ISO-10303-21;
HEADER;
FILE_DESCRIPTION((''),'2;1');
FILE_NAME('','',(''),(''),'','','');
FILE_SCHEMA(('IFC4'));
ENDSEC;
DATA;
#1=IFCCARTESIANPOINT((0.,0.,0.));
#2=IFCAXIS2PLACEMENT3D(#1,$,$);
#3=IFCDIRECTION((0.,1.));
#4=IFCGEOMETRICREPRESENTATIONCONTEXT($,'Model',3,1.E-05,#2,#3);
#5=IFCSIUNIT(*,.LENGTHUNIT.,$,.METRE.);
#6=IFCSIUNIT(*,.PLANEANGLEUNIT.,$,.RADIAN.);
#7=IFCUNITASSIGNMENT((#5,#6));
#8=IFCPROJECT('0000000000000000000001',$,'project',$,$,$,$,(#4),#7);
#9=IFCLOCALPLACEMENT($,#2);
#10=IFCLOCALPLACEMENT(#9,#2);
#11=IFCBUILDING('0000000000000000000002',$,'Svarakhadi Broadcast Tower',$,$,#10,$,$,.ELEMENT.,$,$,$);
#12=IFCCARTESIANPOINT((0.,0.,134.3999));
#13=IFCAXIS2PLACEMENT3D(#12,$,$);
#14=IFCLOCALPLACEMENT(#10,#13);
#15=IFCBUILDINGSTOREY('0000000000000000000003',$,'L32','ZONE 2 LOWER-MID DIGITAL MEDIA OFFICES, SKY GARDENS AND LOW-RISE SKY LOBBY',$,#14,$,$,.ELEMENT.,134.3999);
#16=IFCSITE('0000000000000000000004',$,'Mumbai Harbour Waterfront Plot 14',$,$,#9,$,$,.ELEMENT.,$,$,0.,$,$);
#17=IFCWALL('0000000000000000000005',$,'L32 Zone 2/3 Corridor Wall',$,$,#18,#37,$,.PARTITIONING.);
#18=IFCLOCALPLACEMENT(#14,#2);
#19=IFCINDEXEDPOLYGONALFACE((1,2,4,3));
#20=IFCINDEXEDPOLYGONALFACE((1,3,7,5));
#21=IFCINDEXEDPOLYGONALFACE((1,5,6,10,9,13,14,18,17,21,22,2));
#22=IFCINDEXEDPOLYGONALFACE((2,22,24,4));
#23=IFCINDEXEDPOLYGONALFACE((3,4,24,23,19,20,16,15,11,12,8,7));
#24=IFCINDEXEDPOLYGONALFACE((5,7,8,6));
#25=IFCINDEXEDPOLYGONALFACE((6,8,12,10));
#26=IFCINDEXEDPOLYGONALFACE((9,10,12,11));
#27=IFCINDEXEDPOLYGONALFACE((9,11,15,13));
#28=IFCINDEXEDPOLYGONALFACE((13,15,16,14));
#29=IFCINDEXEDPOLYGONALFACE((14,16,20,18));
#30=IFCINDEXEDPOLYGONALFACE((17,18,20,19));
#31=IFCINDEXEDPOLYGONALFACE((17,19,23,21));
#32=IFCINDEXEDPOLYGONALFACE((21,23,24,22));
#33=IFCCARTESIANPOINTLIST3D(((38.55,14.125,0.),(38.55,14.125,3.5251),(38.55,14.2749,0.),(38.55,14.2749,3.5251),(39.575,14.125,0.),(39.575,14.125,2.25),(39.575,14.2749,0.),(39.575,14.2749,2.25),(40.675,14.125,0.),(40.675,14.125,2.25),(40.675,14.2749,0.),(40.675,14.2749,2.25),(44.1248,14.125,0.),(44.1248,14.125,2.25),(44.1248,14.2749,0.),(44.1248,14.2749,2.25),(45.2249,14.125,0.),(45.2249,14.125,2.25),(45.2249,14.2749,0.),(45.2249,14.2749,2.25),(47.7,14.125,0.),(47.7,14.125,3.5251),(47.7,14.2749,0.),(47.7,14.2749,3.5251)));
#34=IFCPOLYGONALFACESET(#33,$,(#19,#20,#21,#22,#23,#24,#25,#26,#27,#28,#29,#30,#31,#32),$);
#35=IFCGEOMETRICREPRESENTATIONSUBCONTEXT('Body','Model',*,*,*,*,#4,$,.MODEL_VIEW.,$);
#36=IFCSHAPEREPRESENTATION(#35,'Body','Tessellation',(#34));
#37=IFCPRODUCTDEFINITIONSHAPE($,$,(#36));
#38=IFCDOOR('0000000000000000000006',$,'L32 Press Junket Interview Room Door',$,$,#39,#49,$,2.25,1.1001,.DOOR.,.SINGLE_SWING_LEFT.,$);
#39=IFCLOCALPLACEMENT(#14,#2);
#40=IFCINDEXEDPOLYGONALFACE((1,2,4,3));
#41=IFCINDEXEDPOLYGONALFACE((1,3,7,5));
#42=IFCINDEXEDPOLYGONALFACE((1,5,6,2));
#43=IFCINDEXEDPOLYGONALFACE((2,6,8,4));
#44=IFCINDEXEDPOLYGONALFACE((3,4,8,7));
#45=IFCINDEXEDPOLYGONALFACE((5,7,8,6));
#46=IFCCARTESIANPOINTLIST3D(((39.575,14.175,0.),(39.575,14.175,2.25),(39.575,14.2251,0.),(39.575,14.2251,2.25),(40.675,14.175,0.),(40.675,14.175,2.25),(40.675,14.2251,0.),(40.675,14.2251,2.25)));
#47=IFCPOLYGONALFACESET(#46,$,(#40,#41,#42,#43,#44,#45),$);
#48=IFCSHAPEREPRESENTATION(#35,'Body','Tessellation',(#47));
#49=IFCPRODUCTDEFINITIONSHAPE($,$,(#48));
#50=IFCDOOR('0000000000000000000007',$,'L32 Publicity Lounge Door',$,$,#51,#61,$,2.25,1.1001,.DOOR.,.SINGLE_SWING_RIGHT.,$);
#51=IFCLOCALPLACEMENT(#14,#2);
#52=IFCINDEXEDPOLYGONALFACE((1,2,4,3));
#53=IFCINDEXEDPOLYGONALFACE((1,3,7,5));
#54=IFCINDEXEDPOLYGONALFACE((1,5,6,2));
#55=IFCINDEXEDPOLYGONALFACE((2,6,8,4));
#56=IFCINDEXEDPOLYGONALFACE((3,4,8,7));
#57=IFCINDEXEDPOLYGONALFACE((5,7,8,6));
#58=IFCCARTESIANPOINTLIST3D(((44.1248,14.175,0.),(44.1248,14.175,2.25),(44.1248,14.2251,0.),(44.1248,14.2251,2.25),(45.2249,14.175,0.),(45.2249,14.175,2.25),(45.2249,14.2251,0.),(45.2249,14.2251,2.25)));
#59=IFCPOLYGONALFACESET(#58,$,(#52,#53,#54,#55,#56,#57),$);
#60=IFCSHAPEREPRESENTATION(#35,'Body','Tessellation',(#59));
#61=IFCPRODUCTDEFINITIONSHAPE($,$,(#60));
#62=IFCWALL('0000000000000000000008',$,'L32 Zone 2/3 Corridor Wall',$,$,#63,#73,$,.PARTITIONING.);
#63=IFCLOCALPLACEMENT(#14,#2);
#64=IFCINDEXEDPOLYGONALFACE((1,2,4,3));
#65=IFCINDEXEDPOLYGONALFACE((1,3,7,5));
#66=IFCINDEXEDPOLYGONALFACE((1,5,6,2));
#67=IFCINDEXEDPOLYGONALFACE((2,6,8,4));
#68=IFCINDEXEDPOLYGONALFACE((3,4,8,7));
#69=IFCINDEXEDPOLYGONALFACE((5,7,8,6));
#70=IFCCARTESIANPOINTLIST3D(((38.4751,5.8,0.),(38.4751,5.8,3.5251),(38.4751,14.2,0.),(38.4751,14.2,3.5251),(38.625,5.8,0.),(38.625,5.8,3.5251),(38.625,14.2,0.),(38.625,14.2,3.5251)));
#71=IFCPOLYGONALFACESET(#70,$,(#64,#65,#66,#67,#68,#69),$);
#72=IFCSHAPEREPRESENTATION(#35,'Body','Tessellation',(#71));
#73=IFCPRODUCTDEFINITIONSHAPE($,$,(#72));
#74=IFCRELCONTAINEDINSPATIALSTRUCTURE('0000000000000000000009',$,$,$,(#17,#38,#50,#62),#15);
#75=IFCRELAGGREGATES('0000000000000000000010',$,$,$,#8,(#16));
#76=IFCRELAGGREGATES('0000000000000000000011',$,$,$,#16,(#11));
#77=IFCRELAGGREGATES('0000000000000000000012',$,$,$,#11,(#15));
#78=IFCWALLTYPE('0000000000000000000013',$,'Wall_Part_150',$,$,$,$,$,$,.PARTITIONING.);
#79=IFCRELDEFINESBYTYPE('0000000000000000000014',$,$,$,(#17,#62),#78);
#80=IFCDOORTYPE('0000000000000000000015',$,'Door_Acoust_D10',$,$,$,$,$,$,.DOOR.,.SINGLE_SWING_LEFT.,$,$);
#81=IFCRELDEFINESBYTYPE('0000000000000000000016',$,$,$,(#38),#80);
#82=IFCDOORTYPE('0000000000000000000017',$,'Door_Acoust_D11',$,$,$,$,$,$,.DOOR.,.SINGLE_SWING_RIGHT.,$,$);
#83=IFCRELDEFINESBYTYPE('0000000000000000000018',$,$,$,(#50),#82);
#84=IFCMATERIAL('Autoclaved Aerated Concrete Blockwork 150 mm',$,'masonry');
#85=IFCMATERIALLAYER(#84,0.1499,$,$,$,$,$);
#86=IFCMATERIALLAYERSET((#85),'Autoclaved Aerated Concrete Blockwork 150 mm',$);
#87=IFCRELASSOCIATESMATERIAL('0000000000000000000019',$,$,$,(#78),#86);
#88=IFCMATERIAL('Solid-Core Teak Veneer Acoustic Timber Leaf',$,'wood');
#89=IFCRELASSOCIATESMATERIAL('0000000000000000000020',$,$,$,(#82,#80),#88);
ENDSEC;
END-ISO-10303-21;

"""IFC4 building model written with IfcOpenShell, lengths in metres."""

from ifc_helpers import new_model, si_unit, direction, frame, frame_2d, origin, place, context, subcontext, project, spatial, rectangle, extrude, material, layer, layer_set, type_object, element, fill, save


model = new_model("IFC4")

# Units and contexts
model_context = context("Model", 3, precision=1e-05, world=origin(), true_north=direction((0.0, 1.0)))
body_context = subcontext(model_context, "Body", "Model", "MODEL_VIEW")
ifc_project = project(units=[si_unit("LENGTHUNIT", "METRE"), si_unit("PLANEANGLEUNIT", "RADIAN")], contexts=[model_context])

# Site, building, storey
site_placement = place(None, origin())
site = spatial("IfcSite", under=ifc_project, at=site_placement, Name="Mumbai Harbour Waterfront Plot 14", CompositionType="ELEMENT", RefElevation=0.0)
building_placement = place(site_placement, origin())
building = spatial("IfcBuilding", under=site, at=building_placement, Name="Svarakhadi Broadcast Tower", CompositionType="ELEMENT")
storey_placement = place(building_placement, frame((0.0, 0.0, 134.3999)))
storey = spatial("IfcBuildingStorey", under=building, at=storey_placement, Name="L32", Description="ZONE 2 LOWER-MID DIGITAL MEDIA OFFICES, SKY GARDENS AND LOW-RISE SKY LOBBY", CompositionType="ELEMENT", Elevation=134.3999)

# Shared definitions
ifc_material_1 = material(Name="Autoclaved Aerated Concrete Blockwork 150 mm", Category="masonry")
ifc_layer_1 = layer(ifc_material_1, 0.1499)
ifc_layer_set_1 = layer_set([ifc_layer_1], Name="Autoclaved Aerated Concrete Blockwork 150 mm")
wall_type_1 = type_object("IfcWallType", Name="Wall_Part_150", PredefinedType="PARTITIONING", material=ifc_layer_set_1)

# Shared definitions
ifc_material_2 = material(Name="Solid-Core Teak Veneer Acoustic Timber Leaf", Category="wood")
door_type_1 = type_object("IfcDoorType", Name="Door_Acoust_D11", OperationType="SINGLE_SWING_RIGHT", PredefinedType="DOOR", material=ifc_material_2)

# Wall, openings, doors
door_type_2 = type_object("IfcDoorType", Name="Door_Acoust_D10", OperationType="SINGLE_SWING_LEFT", PredefinedType="DOOR", material=ifc_material_2)
wall_1_placement = place(storey_placement, frame((47.7, 14.2, 0.0), z_axis=(0.0, 0.0, 1.0), x_axis=(-1.0, 0.0, 0.0)))
wall_1 = element("IfcWall", 1, at=wall_1_placement, inside=storey, type_object=wall_type_1, Name="L32 Zone 2/3 Corridor Wall", PredefinedType="PARTITIONING", context=body_context, shape_type="SweptSolid", body=[
    extrude(rectangle(XDim=9.1499, YDim=0.1499, at=frame_2d((4.575, 0.0))), origin(), (0.0, 0.0, 1.0), 3.5251),
])
opening_1_placement = place(wall_1_placement, frame((7.0249, 0.0, 0.0)))
opening_1 = element("IfcOpeningElement", 2, at=opening_1_placement, cuts=wall_1, PredefinedType="OPENING", context=body_context, shape_type="SweptSolid", body=[
    extrude(rectangle(XDim=1.1001, YDim=2.25, at=frame_2d((0.55, 1.125))), frame((0.0, 0.085, 0.0), z_axis=(0.0, -1.0, 0.0), x_axis=(1.0, 0.0, 0.0)), (0.0, 0.0, 1.0), 0.1699),
])
opening_2_placement = place(wall_1_placement, frame((2.4751, 0.0, 0.0)))
opening_2 = element("IfcOpeningElement", 3, at=opening_2_placement, cuts=wall_1, PredefinedType="OPENING", context=body_context, shape_type="SweptSolid", body=[
    extrude(rectangle(XDim=1.1001, YDim=2.25, at=frame_2d((0.55, 1.125))), frame((0.0, 0.085, 0.0), z_axis=(0.0, -1.0, 0.0), x_axis=(1.0, 0.0, 0.0)), (0.0, 0.0, 1.0), 0.1699),
])
door_1_placement = place(opening_1_placement, origin())
door_1 = element("IfcDoor", 4, at=door_1_placement, inside=storey, type_object=door_type_2, Name="L32 Press Junket Interview Room Door", OperationType="SINGLE_SWING_LEFT", OverallHeight=2.25, OverallWidth=1.1001, PredefinedType="DOOR", context=body_context, shape_type="SweptSolid", body=[
    extrude(rectangle(XDim=1.1001, YDim=2.25, at=frame_2d((0.55, 1.125))), frame((0.0, 0.0249, 0.0), z_axis=(0.0, -1.0, 0.0), x_axis=(1.0, 0.0, 0.0)), (0.0, 0.0, 1.0), 0.05),
])
fill(opening_1, door_1)
door_2_placement = place(opening_2_placement, origin())
door_2 = element("IfcDoor", 5, at=door_2_placement, inside=storey, type_object=door_type_1, Name="L32 Publicity Lounge Door", OperationType="SINGLE_SWING_RIGHT", OverallHeight=2.25, OverallWidth=1.1001, PredefinedType="DOOR", context=body_context, shape_type="SweptSolid", body=[
    extrude(rectangle(XDim=1.1001, YDim=2.25, at=frame_2d((0.55, 1.125))), frame((0.0, 0.0249, 0.0), z_axis=(0.0, -1.0, 0.0), x_axis=(1.0, 0.0, 0.0)), (0.0, 0.0, 1.0), 0.05),
])
fill(opening_2, door_2)

# Wall
wall_2_placement = place(storey_placement, frame((38.55, 14.2, 0.0), z_axis=(0.0, 0.0, 1.0), x_axis=(0.0, -1.0, 0.0)))
element("IfcWall", 6, at=wall_2_placement, inside=storey, type_object=wall_type_1, Name="L32 Zone 2/3 Corridor Wall", PredefinedType="PARTITIONING", context=body_context, shape_type="SweptSolid", body=[
    extrude(rectangle(XDim=8.3999, YDim=0.1499, at=frame_2d((4.2, 0.0))), origin(), (0.0, 0.0, 1.0), 3.5251),
])

save(model, "model.ifc")
